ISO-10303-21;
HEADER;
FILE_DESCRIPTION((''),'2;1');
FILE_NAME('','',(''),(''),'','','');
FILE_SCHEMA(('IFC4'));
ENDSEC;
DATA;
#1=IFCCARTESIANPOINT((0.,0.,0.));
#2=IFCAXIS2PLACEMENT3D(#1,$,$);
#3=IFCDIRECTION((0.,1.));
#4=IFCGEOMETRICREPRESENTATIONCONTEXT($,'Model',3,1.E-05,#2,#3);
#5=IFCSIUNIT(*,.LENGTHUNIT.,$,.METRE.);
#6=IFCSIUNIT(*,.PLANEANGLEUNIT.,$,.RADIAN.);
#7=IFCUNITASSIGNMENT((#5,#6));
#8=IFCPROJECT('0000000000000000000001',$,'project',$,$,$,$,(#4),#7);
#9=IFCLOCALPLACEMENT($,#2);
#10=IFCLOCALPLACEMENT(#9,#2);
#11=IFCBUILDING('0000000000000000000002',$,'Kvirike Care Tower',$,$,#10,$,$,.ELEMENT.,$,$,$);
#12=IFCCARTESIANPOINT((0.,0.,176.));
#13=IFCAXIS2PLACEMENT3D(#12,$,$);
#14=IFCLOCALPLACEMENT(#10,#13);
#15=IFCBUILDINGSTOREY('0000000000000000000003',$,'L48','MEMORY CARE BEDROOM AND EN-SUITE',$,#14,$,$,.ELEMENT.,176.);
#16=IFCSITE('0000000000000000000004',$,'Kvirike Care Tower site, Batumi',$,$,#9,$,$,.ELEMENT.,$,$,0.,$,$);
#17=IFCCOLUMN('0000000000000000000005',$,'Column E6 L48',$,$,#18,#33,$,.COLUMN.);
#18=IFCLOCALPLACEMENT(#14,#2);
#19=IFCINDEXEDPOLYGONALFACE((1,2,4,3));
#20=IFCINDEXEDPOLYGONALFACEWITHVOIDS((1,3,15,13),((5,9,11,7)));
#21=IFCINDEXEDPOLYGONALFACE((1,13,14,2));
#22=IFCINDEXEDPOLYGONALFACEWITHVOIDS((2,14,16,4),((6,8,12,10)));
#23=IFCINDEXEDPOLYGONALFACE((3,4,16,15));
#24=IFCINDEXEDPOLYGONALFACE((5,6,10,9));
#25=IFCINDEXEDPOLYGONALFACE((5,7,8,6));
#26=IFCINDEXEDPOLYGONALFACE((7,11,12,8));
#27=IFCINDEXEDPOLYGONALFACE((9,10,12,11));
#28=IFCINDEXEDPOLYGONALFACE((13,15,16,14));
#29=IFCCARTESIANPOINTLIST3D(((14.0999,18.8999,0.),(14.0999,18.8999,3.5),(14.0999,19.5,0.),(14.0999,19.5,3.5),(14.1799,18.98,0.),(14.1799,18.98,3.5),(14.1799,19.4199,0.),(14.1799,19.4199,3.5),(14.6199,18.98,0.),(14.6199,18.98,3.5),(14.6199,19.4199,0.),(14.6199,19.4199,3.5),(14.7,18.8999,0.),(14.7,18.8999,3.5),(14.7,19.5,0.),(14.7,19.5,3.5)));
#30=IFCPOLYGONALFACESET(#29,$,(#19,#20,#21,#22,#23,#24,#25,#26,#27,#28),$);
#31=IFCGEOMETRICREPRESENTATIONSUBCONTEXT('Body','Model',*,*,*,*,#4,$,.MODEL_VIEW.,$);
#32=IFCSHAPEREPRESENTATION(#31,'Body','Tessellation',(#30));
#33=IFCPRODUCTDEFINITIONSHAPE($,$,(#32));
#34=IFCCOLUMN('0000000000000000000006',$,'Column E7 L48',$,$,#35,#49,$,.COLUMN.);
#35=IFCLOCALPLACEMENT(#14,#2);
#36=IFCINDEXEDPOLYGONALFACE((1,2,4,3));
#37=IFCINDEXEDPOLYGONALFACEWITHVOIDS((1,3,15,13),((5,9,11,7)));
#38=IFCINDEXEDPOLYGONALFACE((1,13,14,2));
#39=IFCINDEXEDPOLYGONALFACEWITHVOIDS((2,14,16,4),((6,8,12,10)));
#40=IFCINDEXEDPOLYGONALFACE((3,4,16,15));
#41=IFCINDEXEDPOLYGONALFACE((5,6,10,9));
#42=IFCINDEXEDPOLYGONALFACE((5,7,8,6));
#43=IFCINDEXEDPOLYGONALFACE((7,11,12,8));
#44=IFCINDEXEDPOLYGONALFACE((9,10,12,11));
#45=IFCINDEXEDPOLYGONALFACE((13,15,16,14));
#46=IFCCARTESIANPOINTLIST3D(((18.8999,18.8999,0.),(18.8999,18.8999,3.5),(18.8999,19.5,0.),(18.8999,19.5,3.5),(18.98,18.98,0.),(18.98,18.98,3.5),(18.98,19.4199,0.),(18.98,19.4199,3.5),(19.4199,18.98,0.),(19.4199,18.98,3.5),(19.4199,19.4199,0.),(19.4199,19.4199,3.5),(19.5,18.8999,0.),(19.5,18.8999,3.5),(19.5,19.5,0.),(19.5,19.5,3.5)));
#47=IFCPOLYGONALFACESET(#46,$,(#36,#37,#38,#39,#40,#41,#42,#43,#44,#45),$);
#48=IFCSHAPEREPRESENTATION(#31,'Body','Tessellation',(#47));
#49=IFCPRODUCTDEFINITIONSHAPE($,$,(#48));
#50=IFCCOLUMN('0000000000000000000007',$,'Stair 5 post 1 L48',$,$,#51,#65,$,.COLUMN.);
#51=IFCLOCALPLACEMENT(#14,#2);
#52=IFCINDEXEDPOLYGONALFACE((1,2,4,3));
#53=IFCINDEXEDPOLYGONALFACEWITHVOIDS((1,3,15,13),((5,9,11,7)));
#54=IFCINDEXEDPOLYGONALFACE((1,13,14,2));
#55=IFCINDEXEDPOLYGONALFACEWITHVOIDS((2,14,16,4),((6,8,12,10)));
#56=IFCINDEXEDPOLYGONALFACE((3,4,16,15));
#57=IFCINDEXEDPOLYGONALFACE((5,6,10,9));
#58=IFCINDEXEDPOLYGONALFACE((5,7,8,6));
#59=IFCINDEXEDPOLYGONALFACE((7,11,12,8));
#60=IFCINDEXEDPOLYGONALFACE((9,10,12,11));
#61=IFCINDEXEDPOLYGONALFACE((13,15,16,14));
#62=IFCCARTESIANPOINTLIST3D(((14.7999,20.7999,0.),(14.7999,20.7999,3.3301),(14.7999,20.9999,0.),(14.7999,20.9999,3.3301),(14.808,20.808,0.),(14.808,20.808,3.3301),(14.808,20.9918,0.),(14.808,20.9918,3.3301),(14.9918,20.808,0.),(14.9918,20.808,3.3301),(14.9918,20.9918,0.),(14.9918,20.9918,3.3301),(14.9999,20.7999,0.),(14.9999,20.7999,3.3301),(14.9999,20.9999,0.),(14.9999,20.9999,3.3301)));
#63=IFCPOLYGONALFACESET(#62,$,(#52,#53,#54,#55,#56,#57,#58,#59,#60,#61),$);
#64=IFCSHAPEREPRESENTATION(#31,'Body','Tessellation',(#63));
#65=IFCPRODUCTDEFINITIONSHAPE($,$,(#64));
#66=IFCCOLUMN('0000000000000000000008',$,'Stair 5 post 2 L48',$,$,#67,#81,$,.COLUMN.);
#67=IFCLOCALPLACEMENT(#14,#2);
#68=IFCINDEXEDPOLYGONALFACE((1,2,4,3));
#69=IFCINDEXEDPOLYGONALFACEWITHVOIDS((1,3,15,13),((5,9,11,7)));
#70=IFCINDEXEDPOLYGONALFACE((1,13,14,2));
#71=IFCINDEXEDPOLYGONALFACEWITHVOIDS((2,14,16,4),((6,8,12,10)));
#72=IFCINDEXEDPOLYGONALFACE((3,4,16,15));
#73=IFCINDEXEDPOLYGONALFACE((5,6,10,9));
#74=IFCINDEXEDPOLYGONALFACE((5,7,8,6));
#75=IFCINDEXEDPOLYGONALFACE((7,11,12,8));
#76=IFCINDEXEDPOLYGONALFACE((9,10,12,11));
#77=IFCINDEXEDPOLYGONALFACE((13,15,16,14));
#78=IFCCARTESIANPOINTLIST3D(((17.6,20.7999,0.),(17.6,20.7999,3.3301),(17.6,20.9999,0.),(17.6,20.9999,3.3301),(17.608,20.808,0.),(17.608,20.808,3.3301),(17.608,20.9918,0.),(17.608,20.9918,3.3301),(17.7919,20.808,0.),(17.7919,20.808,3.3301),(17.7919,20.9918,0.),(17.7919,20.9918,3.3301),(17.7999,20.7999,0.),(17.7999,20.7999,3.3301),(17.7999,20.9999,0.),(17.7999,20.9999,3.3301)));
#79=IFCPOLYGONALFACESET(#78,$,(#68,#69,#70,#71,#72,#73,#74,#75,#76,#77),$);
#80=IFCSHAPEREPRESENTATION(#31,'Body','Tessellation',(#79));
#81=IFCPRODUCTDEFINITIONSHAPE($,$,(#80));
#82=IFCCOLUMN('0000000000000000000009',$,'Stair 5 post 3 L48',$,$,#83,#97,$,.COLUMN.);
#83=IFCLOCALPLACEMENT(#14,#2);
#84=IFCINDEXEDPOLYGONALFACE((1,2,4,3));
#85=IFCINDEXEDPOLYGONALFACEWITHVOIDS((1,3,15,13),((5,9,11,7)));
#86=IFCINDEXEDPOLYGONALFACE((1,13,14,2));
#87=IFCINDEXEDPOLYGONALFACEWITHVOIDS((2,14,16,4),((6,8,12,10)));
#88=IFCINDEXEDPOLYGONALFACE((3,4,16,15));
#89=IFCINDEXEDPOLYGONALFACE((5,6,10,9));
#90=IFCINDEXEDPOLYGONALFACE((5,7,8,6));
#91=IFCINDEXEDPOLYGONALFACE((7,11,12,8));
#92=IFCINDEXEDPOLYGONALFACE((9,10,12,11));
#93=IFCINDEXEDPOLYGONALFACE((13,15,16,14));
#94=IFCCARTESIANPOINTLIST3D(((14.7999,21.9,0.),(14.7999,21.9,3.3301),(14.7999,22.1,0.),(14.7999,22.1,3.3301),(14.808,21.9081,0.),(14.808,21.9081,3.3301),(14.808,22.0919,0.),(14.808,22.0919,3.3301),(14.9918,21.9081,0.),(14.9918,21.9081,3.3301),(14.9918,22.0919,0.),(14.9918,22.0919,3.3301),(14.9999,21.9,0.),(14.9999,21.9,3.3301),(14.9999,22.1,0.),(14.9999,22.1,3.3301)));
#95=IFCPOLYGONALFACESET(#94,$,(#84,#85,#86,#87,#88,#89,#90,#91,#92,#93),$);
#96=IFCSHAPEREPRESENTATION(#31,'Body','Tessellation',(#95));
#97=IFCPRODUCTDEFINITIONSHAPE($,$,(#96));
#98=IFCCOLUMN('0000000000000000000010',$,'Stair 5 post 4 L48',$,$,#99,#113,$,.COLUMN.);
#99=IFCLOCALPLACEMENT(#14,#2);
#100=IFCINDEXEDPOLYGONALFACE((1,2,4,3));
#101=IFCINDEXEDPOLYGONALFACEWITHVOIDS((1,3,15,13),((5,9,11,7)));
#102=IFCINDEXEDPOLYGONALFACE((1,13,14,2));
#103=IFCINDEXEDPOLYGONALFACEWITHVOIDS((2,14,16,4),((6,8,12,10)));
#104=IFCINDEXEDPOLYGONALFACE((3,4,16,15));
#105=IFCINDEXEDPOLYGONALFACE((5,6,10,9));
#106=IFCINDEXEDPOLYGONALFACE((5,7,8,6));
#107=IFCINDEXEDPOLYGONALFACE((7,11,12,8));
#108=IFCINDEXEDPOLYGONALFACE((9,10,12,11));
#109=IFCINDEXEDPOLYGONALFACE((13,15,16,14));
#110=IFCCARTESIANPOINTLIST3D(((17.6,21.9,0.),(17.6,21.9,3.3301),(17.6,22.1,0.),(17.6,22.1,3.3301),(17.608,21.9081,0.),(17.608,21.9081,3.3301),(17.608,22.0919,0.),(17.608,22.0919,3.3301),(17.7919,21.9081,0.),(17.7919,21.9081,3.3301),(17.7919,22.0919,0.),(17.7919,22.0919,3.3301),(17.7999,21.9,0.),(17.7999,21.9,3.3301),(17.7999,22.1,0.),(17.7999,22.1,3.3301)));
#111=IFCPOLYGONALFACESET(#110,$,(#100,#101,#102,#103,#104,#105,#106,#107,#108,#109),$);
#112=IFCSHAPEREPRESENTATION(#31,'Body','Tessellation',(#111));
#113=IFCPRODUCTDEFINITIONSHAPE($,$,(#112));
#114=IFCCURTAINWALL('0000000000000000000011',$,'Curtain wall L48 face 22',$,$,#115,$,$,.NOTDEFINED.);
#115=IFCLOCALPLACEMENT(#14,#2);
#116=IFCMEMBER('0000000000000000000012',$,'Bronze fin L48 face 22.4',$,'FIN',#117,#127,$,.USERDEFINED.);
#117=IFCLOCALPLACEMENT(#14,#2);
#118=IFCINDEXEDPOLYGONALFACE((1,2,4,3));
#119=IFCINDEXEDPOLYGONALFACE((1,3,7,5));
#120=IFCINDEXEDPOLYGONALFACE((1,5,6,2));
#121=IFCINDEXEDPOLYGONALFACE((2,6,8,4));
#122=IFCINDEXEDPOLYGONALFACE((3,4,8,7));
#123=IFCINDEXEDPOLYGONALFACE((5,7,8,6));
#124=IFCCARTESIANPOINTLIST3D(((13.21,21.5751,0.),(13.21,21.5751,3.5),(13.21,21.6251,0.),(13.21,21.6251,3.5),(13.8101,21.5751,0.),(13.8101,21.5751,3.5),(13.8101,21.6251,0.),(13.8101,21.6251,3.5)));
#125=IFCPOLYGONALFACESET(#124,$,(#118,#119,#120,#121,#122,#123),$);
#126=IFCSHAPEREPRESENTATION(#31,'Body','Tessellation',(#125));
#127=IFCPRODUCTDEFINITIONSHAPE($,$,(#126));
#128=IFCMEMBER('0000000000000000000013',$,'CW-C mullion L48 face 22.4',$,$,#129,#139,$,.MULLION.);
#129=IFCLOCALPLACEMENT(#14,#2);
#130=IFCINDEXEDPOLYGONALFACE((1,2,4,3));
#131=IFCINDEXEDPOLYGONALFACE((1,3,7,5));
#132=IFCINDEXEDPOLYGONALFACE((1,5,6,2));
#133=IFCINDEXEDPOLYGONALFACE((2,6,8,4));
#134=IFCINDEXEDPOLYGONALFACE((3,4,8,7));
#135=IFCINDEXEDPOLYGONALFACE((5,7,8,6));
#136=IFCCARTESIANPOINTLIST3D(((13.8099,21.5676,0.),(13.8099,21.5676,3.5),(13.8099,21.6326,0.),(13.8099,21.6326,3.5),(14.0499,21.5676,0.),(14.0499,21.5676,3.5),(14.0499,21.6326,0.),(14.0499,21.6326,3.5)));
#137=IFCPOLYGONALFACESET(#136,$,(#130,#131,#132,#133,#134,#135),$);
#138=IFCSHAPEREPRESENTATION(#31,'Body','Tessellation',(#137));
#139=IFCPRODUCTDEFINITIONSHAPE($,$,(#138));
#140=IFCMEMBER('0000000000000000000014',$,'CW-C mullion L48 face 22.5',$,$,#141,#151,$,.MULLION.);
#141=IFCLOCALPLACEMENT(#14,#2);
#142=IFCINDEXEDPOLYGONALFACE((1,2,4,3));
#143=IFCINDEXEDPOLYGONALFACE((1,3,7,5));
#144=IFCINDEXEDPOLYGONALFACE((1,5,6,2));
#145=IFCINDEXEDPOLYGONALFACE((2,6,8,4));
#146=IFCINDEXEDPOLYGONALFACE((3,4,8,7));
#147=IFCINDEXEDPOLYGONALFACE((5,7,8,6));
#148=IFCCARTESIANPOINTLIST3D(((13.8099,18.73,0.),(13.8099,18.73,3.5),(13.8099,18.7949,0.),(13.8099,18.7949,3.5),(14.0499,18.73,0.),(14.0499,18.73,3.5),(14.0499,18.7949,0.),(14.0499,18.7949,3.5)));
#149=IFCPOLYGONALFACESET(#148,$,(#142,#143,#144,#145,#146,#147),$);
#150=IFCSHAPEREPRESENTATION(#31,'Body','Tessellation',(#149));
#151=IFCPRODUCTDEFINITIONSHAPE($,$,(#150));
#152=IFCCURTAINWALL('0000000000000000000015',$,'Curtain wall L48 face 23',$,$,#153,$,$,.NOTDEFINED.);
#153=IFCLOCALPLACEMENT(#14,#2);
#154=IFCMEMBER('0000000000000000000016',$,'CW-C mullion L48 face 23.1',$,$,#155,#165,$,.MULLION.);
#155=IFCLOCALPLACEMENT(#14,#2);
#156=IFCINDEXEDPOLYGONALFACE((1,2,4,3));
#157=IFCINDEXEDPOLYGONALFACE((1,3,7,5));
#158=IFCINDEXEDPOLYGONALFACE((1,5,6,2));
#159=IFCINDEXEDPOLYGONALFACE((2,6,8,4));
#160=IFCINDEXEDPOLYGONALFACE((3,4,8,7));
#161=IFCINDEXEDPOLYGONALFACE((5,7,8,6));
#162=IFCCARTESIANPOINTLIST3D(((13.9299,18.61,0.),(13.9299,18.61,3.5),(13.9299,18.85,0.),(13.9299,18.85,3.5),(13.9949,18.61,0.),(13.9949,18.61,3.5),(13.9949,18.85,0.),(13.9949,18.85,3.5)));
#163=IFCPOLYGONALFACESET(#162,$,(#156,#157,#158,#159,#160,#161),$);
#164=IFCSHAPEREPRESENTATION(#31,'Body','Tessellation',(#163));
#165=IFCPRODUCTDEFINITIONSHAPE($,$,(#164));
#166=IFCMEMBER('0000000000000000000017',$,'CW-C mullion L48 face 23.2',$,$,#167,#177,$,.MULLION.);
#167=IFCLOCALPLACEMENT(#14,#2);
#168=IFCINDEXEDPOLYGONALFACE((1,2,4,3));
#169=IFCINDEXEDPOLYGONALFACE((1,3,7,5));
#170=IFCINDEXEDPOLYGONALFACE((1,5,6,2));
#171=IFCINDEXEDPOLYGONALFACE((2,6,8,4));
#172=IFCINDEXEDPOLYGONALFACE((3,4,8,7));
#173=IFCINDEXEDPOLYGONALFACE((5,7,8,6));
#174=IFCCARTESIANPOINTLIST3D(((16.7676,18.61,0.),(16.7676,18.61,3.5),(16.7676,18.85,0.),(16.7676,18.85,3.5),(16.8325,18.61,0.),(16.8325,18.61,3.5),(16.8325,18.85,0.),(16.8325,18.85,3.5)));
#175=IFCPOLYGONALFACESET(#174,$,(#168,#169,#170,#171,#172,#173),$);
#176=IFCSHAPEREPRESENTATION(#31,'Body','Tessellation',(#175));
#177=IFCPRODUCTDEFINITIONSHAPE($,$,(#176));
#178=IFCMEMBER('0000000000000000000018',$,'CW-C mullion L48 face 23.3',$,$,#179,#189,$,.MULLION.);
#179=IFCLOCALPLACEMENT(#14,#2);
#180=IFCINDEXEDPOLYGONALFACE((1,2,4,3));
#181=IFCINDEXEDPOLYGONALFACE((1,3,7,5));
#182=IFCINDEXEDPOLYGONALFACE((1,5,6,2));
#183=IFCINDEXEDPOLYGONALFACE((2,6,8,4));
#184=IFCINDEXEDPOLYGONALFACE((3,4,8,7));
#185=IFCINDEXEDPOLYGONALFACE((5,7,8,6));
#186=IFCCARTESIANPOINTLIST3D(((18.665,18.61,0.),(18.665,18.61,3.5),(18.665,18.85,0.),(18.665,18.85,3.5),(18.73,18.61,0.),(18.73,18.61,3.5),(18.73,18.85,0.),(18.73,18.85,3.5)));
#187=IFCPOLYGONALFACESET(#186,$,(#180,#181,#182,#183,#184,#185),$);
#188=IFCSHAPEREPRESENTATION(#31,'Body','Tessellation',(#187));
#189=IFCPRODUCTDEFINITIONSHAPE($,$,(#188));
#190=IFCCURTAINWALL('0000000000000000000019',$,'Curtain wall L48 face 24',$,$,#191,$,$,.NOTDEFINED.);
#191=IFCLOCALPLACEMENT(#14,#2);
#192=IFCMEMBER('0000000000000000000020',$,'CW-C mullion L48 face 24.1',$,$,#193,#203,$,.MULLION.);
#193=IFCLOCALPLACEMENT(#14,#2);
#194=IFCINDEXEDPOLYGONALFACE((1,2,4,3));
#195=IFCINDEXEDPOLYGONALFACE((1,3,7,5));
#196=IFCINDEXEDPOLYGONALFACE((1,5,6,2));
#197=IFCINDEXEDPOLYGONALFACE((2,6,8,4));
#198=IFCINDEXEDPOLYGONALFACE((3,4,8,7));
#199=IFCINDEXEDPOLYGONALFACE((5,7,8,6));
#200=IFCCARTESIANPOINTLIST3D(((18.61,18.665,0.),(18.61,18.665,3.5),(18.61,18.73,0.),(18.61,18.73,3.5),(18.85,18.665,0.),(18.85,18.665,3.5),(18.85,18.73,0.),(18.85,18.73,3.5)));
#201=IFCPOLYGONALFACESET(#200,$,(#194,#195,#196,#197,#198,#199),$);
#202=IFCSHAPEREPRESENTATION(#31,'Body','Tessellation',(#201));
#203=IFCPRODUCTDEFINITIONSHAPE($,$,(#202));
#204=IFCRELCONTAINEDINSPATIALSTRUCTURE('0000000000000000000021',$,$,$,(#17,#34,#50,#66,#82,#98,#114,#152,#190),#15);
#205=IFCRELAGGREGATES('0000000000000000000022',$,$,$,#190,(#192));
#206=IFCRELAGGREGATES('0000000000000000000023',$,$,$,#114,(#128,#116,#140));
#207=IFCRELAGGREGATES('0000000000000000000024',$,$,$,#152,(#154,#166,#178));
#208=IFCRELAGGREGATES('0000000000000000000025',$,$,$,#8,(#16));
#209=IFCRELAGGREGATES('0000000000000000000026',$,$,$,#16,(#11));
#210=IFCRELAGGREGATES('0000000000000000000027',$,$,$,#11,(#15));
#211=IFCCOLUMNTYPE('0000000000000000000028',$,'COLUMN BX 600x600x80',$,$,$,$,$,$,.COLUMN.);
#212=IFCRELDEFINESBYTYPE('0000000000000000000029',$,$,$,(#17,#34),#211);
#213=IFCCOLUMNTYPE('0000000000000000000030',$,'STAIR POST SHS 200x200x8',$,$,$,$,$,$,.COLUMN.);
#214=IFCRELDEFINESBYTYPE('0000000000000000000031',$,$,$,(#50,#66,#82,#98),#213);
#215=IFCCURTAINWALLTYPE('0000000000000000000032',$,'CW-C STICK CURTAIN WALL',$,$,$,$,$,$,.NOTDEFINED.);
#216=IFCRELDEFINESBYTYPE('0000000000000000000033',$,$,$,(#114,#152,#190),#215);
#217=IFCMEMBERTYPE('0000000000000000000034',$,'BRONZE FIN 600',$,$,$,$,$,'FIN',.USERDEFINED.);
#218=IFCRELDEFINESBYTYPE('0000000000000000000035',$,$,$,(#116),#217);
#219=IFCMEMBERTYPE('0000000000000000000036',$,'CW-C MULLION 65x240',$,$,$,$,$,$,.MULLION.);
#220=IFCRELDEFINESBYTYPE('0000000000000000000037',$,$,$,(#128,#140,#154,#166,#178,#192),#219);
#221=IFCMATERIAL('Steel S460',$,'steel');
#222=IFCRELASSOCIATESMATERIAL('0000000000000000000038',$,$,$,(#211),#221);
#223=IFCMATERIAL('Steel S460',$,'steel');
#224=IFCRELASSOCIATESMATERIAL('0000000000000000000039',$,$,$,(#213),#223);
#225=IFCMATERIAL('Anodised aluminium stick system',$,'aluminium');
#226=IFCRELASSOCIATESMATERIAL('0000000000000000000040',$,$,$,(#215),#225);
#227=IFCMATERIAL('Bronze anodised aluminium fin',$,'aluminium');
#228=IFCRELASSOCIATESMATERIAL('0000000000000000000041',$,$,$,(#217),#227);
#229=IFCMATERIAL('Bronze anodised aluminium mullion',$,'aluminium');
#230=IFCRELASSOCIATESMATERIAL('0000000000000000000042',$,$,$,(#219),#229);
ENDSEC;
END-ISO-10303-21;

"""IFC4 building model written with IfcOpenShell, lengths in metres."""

from ifc_helpers import new_model, si_unit, direction, frame, origin, origin_2d, place, context, subcontext, project, spatial, rectangle, hollow_rectangle, extrude, material, material_profile, profile_set, type_object, element, aggregate, save


model = new_model("IFC4")

# Units and contexts
model_context = context("Model", 3, precision=1e-05, world=origin(), true_north=direction((0.0, 1.0)))
body_context = subcontext(model_context, "Body", "Model", "MODEL_VIEW")
ifc_project = project(units=[si_unit("LENGTHUNIT", "METRE"), si_unit("PLANEANGLEUNIT", "RADIAN")], contexts=[model_context])

# Site, building, storey
site_placement = place(None, origin())
site = spatial("IfcSite", under=ifc_project, at=site_placement, Name="Kvirike Care Tower site, Batumi", CompositionType="ELEMENT", RefElevation=0.0)
building_placement = place(site_placement, origin())
building = spatial("IfcBuilding", under=site, at=building_placement, Name="Kvirike Care Tower", CompositionType="ELEMENT")
storey_placement = place(building_placement, frame((0.0, 0.0, 176.0)))
storey = spatial("IfcBuildingStorey", under=building, at=storey_placement, Name="L48", Description="MEMORY CARE BEDROOM AND EN-SUITE", CompositionType="ELEMENT", Elevation=176.0)

# Columns
ifc_material_1 = material(Name="Steel S460", Category="steel")
ifc_material_profile_1 = material_profile(ifc_material_1, hollow_rectangle(XDim=0.6001, YDim=0.6001, WallThickness=0.0801, at=origin_2d()), Name="BX 600x600x80")
ifc_profile_set_1 = profile_set([ifc_material_profile_1], Name="Steel S460")
column_type_1 = type_object("IfcColumnType", Name="COLUMN BX 600x600x80", PredefinedType="COLUMN", material=ifc_profile_set_1)
for number, where, z_axis, x_axis, name in (
    (1, (14.3999, 19.2, 0.0), (0.0, 0.0, 1.0), (0.0, 1.0, 0.0), "Column E6 L48"),
    (2, (19.2, 19.2, 0.0), (0.0, 0.0, 1.0), (0.0, 1.0, 0.0), "Column E7 L48"),
):
    element("IfcColumn", number, at=place(storey_placement, frame(where, z_axis=z_axis, x_axis=x_axis)), inside=storey, type_object=column_type_1, Name=name, PredefinedType="COLUMN", context=body_context, shape_type="SweptSolid", body=[
        extrude(hollow_rectangle(XDim=0.6001, YDim=0.6001, WallThickness=0.0801, at=origin_2d()), origin(), (0.0, 0.0, 1.0), 3.5),
    ])
ifc_material_2 = material(Name="Steel S460", Category="steel")
ifc_material_profile_2 = material_profile(ifc_material_2, hollow_rectangle(XDim=0.2, YDim=0.2, WallThickness=0.0081, at=origin_2d()), Name="SHS 200x200x8")
ifc_profile_set_2 = profile_set([ifc_material_profile_2], Name="Steel S460")
column_type_2 = type_object("IfcColumnType", Name="STAIR POST SHS 200x200x8", PredefinedType="COLUMN", material=ifc_profile_set_2)
for number, where, z_axis, x_axis, name in (
    (3, (14.8999, 20.8999, 0.0), (0.0, 0.0, 1.0), (1.0, 0.0, 0.0), "Stair 5 post 1 L48"),
    (4, (17.7, 20.8999, 0.0), (0.0, 0.0, 1.0), (1.0, 0.0, 0.0), "Stair 5 post 2 L48"),
    (5, (14.8999, 22.0, 0.0), (0.0, 0.0, 1.0), (1.0, 0.0, 0.0), "Stair 5 post 3 L48"),
    (6, (17.7, 22.0, 0.0), (0.0, 0.0, 1.0), (1.0, 0.0, 0.0), "Stair 5 post 4 L48"),
):
    element("IfcColumn", number, at=place(storey_placement, frame(where, z_axis=z_axis, x_axis=x_axis)), inside=storey, type_object=column_type_2, Name=name, PredefinedType="COLUMN", context=body_context, shape_type="SweptSolid", body=[
        extrude(hollow_rectangle(XDim=0.2, YDim=0.2, WallThickness=0.0081, at=origin_2d()), origin(), (0.0, 0.0, 1.0), 3.3301),
    ])

# Curtain walls, members
ifc_material_3 = material(Name="Anodised aluminium stick system", Category="aluminium")
curtain_wall_type = type_object("IfcCurtainWallType", Name="CW-C STICK CURTAIN WALL", PredefinedType="NOTDEFINED", material=ifc_material_3)
curtain_wall_1_placement = place(storey_placement, origin())
curtain_wall_1 = element("IfcCurtainWall", 7, at=curtain_wall_1_placement, inside=storey, type_object=curtain_wall_type, Name="Curtain wall L48 face 22", PredefinedType="NOTDEFINED")
ifc_material_4 = material(Name="Bronze anodised aluminium fin", Category="aluminium")
ifc_material_profile_3 = material_profile(ifc_material_4, rectangle(XDim=0.05, YDim=0.6001, at=origin_2d()), Name="BRONZE FIN 600")
ifc_profile_set_3 = profile_set([ifc_material_profile_3], Name="Bronze anodised aluminium fin")
member_type_1 = type_object("IfcMemberType", Name="BRONZE FIN 600", ElementType="FIN", PredefinedType="USERDEFINED", material=ifc_profile_set_3)
member_1_placement = place(storey_placement, frame((13.51, 21.6001, 0.0), z_axis=(0.0, 0.0, 1.0), x_axis=(0.0, -1.0, 0.0)))
member_1 = element("IfcMember", 8, at=member_1_placement, type_object=member_type_1, Name="Bronze fin L48 face 22.4", ObjectType="FIN", PredefinedType="USERDEFINED", context=body_context, shape_type="SweptSolid", body=[
    extrude(rectangle(XDim=0.05, YDim=0.6001, at=origin_2d()), origin(), (0.0, 0.0, 1.0), 3.5),
])
ifc_material_5 = material(Name="Bronze anodised aluminium mullion", Category="aluminium")
ifc_material_profile_4 = material_profile(ifc_material_5, rectangle(XDim=0.0649, YDim=0.24, at=origin_2d()), Name="CW-C MULLION 65x240")
ifc_profile_set_4 = profile_set([ifc_material_profile_4], Name="Bronze anodised aluminium mullion")
member_type_2 = type_object("IfcMemberType", Name="CW-C MULLION 65x240", PredefinedType="MULLION", material=ifc_profile_set_4)
member_2_placement = place(storey_placement, frame((13.9299, 21.6001, 0.0), z_axis=(0.0, 0.0, 1.0), x_axis=(0.0, -1.0, 0.0)))
member_2 = element("IfcMember", 9, at=member_2_placement, type_object=member_type_2, Name="CW-C mullion L48 face 22.4", PredefinedType="MULLION", context=body_context, shape_type="SweptSolid", body=[
    extrude(rectangle(XDim=0.0649, YDim=0.24, at=origin_2d()), origin(), (0.0, 0.0, 1.0), 3.5),
])
member_3_placement = place(storey_placement, frame((13.9299, 18.7625, 0.0), z_axis=(0.0, 0.0, 1.0), x_axis=(0.0, -1.0, 0.0)))
member_3 = element("IfcMember", 10, at=member_3_placement, type_object=member_type_2, Name="CW-C mullion L48 face 22.5", PredefinedType="MULLION", context=body_context, shape_type="SweptSolid", body=[
    extrude(rectangle(XDim=0.0649, YDim=0.24, at=origin_2d()), origin(), (0.0, 0.0, 1.0), 3.5),
])
curtain_wall_2_placement = place(storey_placement, origin())
curtain_wall_2 = element("IfcCurtainWall", 11, at=curtain_wall_2_placement, inside=storey, type_object=curtain_wall_type, Name="Curtain wall L48 face 23", PredefinedType="NOTDEFINED")
member_4_placement = place(storey_placement, frame((13.9624, 18.73, 0.0), z_axis=(0.0, 0.0, 1.0), x_axis=(1.0, 0.0, 0.0)))
member_4 = element("IfcMember", 12, at=member_4_placement, type_object=member_type_2, Name="CW-C mullion L48 face 23.1", PredefinedType="MULLION", context=body_context, shape_type="SweptSolid", body=[
    extrude(rectangle(XDim=0.0649, YDim=0.24, at=origin_2d()), origin(), (0.0, 0.0, 1.0), 3.5),
])
member_5_placement = place(storey_placement, frame((16.8, 18.73, 0.0), z_axis=(0.0, 0.0, 1.0), x_axis=(1.0, 0.0, 0.0)))
member_5 = element("IfcMember", 13, at=member_5_placement, type_object=member_type_2, Name="CW-C mullion L48 face 23.2", PredefinedType="MULLION", context=body_context, shape_type="SweptSolid", body=[
    extrude(rectangle(XDim=0.0649, YDim=0.24, at=origin_2d()), origin(), (0.0, 0.0, 1.0), 3.5),
])
member_6_placement = place(storey_placement, frame((18.6975, 18.73, 0.0), z_axis=(0.0, 0.0, 1.0), x_axis=(1.0, 0.0, 0.0)))
member_6 = element("IfcMember", 14, at=member_6_placement, type_object=member_type_2, Name="CW-C mullion L48 face 23.3", PredefinedType="MULLION", context=body_context, shape_type="SweptSolid", body=[
    extrude(rectangle(XDim=0.0649, YDim=0.24, at=origin_2d()), origin(), (0.0, 0.0, 1.0), 3.5),
])

# Curtain wall, member
curtain_wall_3_placement = place(storey_placement, origin())
curtain_wall_3 = element("IfcCurtainWall", 15, at=curtain_wall_3_placement, inside=storey, type_object=curtain_wall_type, Name="Curtain wall L48 face 24", PredefinedType="NOTDEFINED")
member_7_placement = place(storey_placement, frame((18.73, 18.6975, 0.0), z_axis=(0.0, 0.0, 1.0), x_axis=(0.0, -1.0, 0.0)))
member_7 = element("IfcMember", 16, at=member_7_placement, type_object=member_type_2, Name="CW-C mullion L48 face 24.1", PredefinedType="MULLION", context=body_context, shape_type="SweptSolid", body=[
    extrude(rectangle(XDim=0.0649, YDim=0.24, at=origin_2d()), origin(), (0.0, 0.0, 1.0), 3.5),
])
aggregate(curtain_wall_3, [member_7])

aggregate(curtain_wall_1, [member_2, member_1, member_3])
aggregate(curtain_wall_2, [member_4, member_5, member_6])

save(model, "model.ifc")
